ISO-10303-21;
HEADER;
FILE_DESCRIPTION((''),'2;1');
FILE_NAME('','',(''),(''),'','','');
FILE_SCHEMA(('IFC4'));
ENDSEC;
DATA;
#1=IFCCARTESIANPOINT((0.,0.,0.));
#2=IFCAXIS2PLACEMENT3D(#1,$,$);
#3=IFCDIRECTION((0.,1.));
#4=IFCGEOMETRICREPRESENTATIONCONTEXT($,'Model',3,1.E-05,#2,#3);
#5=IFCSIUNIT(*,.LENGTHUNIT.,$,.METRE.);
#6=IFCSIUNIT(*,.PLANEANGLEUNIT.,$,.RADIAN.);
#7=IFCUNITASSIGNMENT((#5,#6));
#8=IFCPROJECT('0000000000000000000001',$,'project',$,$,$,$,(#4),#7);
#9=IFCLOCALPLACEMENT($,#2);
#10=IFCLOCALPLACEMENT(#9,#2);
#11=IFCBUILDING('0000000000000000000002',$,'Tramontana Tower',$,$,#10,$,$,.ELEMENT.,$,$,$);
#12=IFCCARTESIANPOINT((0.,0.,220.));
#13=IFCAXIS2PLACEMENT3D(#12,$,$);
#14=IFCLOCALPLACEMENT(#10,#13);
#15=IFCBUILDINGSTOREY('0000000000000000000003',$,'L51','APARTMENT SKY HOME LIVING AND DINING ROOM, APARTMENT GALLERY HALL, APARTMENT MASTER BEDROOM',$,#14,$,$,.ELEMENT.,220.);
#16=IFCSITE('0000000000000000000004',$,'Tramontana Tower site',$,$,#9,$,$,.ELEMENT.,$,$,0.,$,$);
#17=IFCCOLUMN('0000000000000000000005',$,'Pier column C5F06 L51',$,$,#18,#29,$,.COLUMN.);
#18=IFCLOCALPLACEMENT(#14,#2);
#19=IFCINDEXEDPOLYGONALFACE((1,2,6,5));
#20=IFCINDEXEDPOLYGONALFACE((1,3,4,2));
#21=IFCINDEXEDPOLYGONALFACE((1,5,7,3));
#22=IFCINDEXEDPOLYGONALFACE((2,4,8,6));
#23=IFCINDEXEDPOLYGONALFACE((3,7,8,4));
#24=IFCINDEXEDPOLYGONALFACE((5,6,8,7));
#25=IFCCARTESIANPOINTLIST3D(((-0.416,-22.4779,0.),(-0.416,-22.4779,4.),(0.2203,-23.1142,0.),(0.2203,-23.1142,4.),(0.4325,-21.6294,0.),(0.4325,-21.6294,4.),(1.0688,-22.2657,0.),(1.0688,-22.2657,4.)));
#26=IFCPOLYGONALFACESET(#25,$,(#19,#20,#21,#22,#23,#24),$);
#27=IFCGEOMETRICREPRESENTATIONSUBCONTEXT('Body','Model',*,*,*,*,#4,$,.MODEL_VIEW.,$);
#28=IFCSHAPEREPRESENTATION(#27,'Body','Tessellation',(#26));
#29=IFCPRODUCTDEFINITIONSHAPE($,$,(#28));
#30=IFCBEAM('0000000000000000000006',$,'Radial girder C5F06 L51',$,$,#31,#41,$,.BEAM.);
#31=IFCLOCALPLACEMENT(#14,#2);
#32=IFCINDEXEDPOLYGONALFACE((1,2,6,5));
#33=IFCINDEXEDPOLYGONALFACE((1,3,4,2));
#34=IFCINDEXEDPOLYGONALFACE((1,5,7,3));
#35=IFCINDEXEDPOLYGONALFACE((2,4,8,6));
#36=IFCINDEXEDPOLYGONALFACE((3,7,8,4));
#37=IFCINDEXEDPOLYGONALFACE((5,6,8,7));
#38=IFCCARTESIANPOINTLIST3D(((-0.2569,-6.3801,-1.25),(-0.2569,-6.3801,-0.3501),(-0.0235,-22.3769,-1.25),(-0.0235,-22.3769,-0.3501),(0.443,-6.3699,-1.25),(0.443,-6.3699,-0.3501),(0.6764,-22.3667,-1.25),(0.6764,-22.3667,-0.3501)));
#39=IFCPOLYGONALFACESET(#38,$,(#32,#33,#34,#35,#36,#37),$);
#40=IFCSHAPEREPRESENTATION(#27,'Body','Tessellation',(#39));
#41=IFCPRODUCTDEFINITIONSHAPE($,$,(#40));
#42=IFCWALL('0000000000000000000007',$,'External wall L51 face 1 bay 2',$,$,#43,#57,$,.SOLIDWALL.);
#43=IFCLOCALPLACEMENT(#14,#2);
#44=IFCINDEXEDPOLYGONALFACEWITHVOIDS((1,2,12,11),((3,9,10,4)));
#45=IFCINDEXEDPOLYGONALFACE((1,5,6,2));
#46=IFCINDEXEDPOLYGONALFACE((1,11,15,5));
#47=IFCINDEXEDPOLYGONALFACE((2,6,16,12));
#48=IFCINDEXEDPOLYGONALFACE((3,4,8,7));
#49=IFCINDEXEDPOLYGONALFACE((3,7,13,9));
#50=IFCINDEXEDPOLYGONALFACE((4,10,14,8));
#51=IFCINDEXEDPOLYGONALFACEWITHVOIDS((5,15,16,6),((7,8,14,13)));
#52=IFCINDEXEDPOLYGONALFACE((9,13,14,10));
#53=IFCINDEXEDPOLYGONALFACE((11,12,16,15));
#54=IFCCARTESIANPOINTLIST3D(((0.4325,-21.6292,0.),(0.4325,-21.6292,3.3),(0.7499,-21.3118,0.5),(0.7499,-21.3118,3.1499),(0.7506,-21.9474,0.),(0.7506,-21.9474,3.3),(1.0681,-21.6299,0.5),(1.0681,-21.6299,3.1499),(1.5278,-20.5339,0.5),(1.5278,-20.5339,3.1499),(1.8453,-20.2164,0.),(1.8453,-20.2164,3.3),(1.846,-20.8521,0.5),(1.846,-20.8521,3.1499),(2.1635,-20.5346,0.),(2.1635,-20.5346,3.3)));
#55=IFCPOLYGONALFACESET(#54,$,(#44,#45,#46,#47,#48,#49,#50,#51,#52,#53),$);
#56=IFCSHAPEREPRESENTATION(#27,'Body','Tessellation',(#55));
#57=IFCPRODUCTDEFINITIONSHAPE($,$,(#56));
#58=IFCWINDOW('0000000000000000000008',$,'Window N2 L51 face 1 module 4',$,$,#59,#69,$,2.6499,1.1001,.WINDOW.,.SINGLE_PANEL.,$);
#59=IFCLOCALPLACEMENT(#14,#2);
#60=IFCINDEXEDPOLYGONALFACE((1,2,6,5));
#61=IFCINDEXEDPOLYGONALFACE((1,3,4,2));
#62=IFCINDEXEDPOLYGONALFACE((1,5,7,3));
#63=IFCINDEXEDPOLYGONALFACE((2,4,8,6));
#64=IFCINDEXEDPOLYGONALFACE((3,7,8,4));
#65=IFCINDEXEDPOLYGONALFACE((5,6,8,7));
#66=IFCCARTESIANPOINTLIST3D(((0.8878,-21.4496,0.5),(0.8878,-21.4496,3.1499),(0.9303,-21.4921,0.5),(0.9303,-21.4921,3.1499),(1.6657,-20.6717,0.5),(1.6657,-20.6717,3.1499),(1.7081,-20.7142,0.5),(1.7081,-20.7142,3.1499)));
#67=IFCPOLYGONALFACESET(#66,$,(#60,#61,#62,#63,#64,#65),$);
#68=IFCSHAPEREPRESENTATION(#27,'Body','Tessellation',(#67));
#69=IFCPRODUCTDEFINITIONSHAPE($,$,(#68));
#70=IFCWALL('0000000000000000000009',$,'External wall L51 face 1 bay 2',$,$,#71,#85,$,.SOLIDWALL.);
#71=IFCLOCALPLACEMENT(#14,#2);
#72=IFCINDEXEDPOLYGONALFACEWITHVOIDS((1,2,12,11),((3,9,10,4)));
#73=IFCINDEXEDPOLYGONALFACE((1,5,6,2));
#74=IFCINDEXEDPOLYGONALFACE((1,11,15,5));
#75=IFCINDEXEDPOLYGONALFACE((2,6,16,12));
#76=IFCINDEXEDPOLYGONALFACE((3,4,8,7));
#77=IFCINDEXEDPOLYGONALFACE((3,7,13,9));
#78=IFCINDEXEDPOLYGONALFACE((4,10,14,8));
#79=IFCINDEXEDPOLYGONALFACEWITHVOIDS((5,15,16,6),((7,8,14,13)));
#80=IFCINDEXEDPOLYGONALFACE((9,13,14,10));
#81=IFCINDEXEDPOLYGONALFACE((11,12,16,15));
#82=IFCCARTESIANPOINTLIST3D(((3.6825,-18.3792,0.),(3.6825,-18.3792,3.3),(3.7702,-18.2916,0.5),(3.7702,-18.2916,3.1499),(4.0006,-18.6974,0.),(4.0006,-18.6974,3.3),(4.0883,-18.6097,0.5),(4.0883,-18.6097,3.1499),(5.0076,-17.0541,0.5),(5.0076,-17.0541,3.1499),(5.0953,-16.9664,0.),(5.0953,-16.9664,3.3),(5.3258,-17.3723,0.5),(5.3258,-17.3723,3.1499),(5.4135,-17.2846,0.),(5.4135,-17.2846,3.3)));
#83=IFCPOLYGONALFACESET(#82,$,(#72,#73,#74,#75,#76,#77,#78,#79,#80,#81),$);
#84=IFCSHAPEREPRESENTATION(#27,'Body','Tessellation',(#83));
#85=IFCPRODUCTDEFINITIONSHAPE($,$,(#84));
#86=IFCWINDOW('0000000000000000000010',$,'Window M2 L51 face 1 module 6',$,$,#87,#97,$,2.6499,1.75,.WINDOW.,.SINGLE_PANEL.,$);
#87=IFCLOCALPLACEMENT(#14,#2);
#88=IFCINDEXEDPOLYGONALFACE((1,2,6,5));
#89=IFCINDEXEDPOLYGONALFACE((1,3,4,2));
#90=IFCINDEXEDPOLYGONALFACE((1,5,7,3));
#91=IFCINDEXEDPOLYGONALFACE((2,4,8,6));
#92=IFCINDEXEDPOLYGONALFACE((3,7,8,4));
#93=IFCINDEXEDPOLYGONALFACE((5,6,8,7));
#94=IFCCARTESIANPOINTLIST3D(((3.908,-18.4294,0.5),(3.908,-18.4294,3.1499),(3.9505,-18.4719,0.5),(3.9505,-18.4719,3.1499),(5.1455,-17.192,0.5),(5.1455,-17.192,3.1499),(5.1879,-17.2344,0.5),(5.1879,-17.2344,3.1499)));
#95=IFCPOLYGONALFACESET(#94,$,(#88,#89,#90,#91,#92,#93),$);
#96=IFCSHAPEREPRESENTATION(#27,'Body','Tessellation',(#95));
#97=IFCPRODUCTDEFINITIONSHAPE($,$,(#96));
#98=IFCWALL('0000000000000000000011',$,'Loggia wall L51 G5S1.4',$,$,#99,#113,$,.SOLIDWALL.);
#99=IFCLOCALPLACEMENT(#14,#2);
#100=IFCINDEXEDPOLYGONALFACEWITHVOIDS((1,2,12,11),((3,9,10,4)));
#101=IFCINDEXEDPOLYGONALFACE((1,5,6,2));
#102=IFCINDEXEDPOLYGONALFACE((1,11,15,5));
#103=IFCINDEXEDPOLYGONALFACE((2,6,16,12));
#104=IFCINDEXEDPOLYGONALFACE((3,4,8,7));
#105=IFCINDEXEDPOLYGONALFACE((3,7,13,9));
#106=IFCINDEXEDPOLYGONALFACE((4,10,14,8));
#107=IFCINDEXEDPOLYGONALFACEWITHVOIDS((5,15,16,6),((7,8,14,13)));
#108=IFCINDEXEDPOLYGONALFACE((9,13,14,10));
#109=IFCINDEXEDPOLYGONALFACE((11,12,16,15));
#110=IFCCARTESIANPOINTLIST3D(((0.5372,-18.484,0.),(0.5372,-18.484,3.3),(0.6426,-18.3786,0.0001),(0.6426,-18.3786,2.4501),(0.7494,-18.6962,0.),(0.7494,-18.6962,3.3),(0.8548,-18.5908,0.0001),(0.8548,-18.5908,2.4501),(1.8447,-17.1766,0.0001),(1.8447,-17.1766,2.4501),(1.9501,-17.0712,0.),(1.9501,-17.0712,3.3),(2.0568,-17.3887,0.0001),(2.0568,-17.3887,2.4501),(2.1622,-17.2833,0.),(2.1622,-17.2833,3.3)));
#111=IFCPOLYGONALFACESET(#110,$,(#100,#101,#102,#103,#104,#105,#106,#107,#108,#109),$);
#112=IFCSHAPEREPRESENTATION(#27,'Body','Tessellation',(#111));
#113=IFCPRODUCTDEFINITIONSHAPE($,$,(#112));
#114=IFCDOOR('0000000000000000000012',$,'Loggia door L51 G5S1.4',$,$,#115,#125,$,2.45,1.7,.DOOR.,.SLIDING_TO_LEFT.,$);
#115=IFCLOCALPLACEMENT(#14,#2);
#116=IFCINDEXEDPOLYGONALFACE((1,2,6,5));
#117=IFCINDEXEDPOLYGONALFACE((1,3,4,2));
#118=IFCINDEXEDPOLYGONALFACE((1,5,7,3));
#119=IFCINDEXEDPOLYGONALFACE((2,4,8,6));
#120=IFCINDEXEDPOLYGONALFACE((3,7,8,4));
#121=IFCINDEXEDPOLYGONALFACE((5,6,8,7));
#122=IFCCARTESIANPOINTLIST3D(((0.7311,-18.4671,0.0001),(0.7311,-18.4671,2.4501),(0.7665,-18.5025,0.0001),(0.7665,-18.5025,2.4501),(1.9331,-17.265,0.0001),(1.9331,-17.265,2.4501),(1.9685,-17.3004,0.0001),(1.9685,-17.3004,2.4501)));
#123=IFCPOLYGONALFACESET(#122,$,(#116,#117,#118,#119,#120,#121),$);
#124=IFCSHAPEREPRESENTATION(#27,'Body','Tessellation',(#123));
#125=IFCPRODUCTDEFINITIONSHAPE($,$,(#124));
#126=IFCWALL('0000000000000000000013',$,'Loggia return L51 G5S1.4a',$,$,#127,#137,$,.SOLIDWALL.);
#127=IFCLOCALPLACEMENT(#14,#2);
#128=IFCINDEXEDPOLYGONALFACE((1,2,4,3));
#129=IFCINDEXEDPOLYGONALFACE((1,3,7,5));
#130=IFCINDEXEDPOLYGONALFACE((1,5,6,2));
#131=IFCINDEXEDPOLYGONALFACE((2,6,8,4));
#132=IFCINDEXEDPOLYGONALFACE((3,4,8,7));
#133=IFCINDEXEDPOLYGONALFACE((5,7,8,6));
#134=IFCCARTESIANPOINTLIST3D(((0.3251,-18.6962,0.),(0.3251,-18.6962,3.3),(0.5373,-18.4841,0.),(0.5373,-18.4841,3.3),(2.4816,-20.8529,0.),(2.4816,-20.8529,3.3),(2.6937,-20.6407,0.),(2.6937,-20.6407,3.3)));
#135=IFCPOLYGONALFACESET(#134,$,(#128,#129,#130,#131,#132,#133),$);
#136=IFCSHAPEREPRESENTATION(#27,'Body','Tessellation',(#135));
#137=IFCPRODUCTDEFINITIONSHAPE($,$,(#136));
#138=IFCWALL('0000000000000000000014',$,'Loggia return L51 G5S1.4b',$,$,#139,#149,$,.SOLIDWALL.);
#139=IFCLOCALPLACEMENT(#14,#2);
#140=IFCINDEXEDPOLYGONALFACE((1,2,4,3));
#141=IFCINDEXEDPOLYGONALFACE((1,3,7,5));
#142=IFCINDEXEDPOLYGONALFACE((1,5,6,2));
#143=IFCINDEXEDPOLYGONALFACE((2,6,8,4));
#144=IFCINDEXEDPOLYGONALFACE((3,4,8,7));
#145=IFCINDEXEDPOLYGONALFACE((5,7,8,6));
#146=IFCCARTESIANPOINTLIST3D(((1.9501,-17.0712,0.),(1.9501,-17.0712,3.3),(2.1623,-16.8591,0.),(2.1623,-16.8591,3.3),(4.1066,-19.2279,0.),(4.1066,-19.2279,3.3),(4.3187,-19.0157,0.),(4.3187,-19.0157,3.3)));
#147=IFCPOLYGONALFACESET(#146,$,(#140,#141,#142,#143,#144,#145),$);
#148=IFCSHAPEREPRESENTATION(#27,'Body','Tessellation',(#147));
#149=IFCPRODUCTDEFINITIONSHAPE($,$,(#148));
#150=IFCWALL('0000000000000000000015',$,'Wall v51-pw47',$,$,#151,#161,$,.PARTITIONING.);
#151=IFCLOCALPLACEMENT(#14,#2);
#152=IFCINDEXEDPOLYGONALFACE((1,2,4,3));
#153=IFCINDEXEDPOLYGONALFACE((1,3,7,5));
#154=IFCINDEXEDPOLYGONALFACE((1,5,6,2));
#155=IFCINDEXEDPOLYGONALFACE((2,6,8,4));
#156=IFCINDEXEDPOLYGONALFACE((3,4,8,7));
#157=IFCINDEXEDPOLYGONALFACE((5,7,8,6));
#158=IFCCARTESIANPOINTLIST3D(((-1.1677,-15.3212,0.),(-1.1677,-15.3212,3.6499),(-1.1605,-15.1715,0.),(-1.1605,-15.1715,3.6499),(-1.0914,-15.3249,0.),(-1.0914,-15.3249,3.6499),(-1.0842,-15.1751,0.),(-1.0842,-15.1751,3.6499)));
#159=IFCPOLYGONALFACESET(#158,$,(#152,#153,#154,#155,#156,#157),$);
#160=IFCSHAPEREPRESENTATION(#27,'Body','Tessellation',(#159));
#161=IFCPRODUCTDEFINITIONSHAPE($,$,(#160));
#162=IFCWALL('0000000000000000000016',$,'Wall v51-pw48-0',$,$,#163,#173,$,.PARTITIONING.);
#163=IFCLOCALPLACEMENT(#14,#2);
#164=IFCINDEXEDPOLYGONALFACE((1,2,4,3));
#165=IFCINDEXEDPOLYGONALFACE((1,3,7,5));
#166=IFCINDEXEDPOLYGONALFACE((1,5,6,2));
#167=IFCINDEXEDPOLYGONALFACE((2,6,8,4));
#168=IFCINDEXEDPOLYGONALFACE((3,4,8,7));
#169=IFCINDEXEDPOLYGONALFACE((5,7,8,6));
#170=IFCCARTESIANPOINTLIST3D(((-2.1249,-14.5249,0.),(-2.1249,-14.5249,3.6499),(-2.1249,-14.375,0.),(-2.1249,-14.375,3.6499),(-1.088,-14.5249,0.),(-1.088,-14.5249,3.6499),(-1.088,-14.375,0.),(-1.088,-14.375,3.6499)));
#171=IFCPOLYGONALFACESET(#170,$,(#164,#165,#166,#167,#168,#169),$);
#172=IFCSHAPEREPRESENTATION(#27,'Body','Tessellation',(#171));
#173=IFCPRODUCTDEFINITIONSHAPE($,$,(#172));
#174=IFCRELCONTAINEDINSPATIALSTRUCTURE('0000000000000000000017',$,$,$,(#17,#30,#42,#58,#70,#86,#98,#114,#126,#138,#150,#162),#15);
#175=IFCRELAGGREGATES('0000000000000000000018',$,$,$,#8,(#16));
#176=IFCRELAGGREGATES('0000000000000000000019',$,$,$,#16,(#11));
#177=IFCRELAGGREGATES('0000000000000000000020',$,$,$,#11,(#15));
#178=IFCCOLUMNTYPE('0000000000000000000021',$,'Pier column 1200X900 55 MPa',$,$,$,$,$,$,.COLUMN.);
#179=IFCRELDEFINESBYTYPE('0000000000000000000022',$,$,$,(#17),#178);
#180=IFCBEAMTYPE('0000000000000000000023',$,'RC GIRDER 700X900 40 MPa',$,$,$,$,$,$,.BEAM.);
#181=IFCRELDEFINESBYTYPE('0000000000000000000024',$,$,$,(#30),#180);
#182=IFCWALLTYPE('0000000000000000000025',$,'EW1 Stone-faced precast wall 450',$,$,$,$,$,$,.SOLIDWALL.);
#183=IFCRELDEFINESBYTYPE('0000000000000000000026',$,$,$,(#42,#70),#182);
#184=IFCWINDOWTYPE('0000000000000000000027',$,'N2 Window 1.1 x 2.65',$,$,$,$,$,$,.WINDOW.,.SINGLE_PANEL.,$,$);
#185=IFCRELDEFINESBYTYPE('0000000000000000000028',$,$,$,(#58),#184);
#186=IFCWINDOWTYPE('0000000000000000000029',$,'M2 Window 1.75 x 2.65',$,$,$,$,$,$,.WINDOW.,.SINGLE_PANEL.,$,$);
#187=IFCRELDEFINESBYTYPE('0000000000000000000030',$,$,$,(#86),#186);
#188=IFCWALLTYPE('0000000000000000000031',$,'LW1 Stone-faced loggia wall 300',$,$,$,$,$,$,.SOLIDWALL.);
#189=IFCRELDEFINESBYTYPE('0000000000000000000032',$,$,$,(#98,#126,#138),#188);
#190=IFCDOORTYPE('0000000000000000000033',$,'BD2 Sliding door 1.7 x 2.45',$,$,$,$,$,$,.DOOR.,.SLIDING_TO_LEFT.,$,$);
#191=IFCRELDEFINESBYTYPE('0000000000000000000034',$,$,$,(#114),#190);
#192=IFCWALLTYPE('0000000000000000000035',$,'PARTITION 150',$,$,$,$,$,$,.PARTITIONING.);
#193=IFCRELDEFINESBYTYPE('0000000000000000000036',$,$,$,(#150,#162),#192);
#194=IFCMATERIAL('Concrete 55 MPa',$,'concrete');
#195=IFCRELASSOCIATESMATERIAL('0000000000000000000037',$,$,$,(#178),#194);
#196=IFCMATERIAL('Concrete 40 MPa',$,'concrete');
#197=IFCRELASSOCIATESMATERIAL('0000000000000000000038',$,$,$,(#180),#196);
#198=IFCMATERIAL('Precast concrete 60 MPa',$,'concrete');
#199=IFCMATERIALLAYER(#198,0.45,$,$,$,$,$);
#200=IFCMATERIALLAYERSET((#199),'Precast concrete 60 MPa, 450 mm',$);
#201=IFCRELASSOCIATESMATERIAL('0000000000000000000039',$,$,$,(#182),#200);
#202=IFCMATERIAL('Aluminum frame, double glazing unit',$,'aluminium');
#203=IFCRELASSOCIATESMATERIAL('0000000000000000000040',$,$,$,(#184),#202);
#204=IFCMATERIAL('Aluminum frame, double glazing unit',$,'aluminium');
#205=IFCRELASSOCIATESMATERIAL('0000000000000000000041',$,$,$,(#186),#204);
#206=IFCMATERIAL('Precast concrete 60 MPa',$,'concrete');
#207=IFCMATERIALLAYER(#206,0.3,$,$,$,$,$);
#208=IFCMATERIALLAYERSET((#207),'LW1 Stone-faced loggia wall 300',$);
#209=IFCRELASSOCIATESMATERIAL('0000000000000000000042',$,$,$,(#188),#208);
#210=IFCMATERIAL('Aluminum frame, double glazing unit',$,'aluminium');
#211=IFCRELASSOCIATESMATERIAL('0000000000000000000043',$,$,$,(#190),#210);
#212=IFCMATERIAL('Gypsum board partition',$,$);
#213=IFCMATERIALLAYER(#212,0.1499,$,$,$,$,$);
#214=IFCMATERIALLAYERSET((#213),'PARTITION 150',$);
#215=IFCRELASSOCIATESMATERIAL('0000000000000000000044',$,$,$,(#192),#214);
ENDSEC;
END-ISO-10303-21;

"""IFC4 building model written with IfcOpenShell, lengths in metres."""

from ifc_helpers import new_model, si_unit, direction, frame, frame_2d, origin, origin_2d, place, context, subcontext, project, spatial, rectangle, extrude, material, layer, layer_set, material_profile, profile_set, type_object, element, fill, save


model = new_model("IFC4")

# Units and contexts
model_context = context("Model", 3, precision=1e-05, world=origin(), true_north=direction((0.0, 1.0)))
body_context = subcontext(model_context, "Body", "Model", "MODEL_VIEW")
ifc_project = project(units=[si_unit("LENGTHUNIT", "METRE"), si_unit("PLANEANGLEUNIT", "RADIAN")], contexts=[model_context])

# Site, building, storey
site_placement = place(None, origin())
site = spatial("IfcSite", under=ifc_project, at=site_placement, Name="Tramontana Tower site", CompositionType="ELEMENT", RefElevation=0.0)
building_placement = place(site_placement, origin())
building = spatial("IfcBuilding", under=site, at=building_placement, Name="Tramontana Tower", CompositionType="ELEMENT")
storey_placement = place(building_placement, frame((0.0, 0.0, 220.0)))
storey = spatial("IfcBuildingStorey", under=building, at=storey_placement, Name="L51", Description="APARTMENT SKY HOME LIVING AND DINING ROOM, APARTMENT GALLERY HALL, APARTMENT MASTER BEDROOM", CompositionType="ELEMENT", Elevation=220.0)

# Column
ifc_material_1 = material(Name="Concrete 55 MPa", Category="concrete")
ifc_material_profile_1 = material_profile(ifc_material_1, rectangle(XDim=1.2, YDim=0.8999, at=origin_2d()), Name="Pier column 1200X900 55 MPa")
ifc_profile_set_1 = profile_set([ifc_material_profile_1], Name="Concrete 55 MPa")
column_type = type_object("IfcColumnType", Name="Pier column 1200X900 55 MPa", PredefinedType="COLUMN", material=ifc_profile_set_1)
column_placement = place(storey_placement, frame((0.3264, -22.3718, 0.0), z_axis=(0.0, 0.0, 1.0), x_axis=(0.707107, 0.707107, 0.0)))
element("IfcColumn", 1, at=column_placement, inside=storey, type_object=column_type, Name="Pier column C5F06 L51", PredefinedType="COLUMN", context=body_context, shape_type="SweptSolid", body=[
    extrude(rectangle(XDim=1.2, YDim=0.8999, at=origin_2d()), origin(), (0.0, 0.0, 1.0), 4.0),
])

# Beam
ifc_material_2 = material(Name="Concrete 40 MPa", Category="concrete")
ifc_material_profile_2 = material_profile(ifc_material_2, rectangle(XDim=0.7, YDim=0.8999, at=origin_2d()), Name="RC GIRDER 700X900 40 MPa")
ifc_profile_set_2 = profile_set([ifc_material_profile_2], Name="Concrete 40 MPa")
beam_type = type_object("IfcBeamType", Name="RC GIRDER 700X900 40 MPa", PredefinedType="BEAM", material=ifc_profile_set_2)
beam_placement = place(storey_placement, frame((0.3264, -22.3718, -0.8), z_axis=(-0.014589, 0.999894, 0.0), x_axis=(-0.999894, -0.014589, 0.0)))
element("IfcBeam", 2, at=beam_placement, inside=storey, type_object=beam_type, Name="Radial girder C5F06 L51", PredefinedType="BEAM", context=body_context, shape_type="SweptSolid", body=[
    extrude(rectangle(XDim=0.7, YDim=0.8999, at=origin_2d()), origin(), (0.0, 0.0, 1.0), 15.9985),
])

# Walls, openings, windows
ifc_material_3 = material(Name="Precast concrete 60 MPa", Category="concrete")
ifc_layer_1 = layer(ifc_material_3, 0.45)
ifc_layer_set_1 = layer_set([ifc_layer_1], Name="Precast concrete 60 MPa, 450 mm")
wall_type_1 = type_object("IfcWallType", Name="EW1 Stone-faced precast wall 450", PredefinedType="SOLIDWALL", material=ifc_layer_set_1)
wall_1_placement = place(storey_placement, frame((0.5916, -21.7883, 0.0), z_axis=(0.0, 0.0, 1.0), x_axis=(0.707107, 0.707107, 0.0)))
wall_1 = element("IfcWall", 3, at=wall_1_placement, inside=storey, type_object=wall_type_1, Name="External wall L51 face 1 bay 2", PredefinedType="SOLIDWALL", context=body_context, shape_type="SweptSolid", body=[
    extrude(rectangle(XDim=1.998, YDim=0.45, at=frame_2d((0.999, 0.0))), origin(), (0.0, 0.0, 1.0), 3.3),
])
opening_1_placement = place(wall_1_placement, frame((0.449, 0.0, 0.5)))
opening_1 = element("IfcOpeningElement", 4, at=opening_1_placement, cuts=wall_1, PredefinedType="OPENING", context=body_context, shape_type="SweptSolid", body=[
    extrude(rectangle(XDim=1.1001, YDim=2.6499, at=frame_2d((0.55, 1.325))), frame((0.0, 0.2349, 0.0), z_axis=(0.0, -1.0, 0.0), x_axis=(1.0, 0.0, 0.0)), (0.0, 0.0, 1.0), 0.47),
])
ifc_material_4 = material(Name="Aluminum frame, double glazing unit", Category="aluminium")
window_type_1 = type_object("IfcWindowType", Name="N2 Window 1.1 x 2.65", PartitioningType="SINGLE_PANEL", PredefinedType="WINDOW", material=ifc_material_4)
window_1_placement = place(opening_1_placement, origin())
window_1 = element("IfcWindow", 5, at=window_1_placement, inside=storey, type_object=window_type_1, Name="Window N2 L51 face 1 module 4", OverallHeight=2.6499, OverallWidth=1.1001, PartitioningType="SINGLE_PANEL", PredefinedType="WINDOW", context=body_context, shape_type="SweptSolid", body=[
    extrude(rectangle(XDim=1.1001, YDim=2.6499, at=frame_2d((0.55, 1.325))), frame((0.0, 0.03, 0.0), z_axis=(0.0, -1.0, 0.0), x_axis=(1.0, 0.0, 0.0)), (0.0, 0.0, 1.0), 0.0601),
])
fill(opening_1, window_1)
wall_2_placement = place(storey_placement, frame((3.8416, -18.5383, 0.0), z_axis=(0.0, 0.0, 1.0), x_axis=(0.707107, 0.707107, 0.0)))
wall_2 = element("IfcWall", 6, at=wall_2_placement, inside=storey, type_object=wall_type_1, Name="External wall L51 face 1 bay 2", PredefinedType="SOLIDWALL", context=body_context, shape_type="SweptSolid", body=[
    extrude(rectangle(XDim=1.998, YDim=0.45, at=frame_2d((0.999, 0.0))), origin(), (0.0, 0.0, 1.0), 3.3),
])
opening_2_placement = place(wall_2_placement, frame((0.124, 0.0, 0.5)))
opening_2 = element("IfcOpeningElement", 7, at=opening_2_placement, cuts=wall_2, PredefinedType="OPENING", context=body_context, shape_type="SweptSolid", body=[
    extrude(rectangle(XDim=1.75, YDim=2.6499, at=frame_2d((0.875, 1.325))), frame((0.0, 0.2349, 0.0), z_axis=(0.0, -1.0, 0.0), x_axis=(1.0, 0.0, 0.0)), (0.0, 0.0, 1.0), 0.47),
])
ifc_material_5 = material(Name="Aluminum frame, double glazing unit", Category="aluminium")
window_type_2 = type_object("IfcWindowType", Name="M2 Window 1.75 x 2.65", PartitioningType="SINGLE_PANEL", PredefinedType="WINDOW", material=ifc_material_5)
window_2_placement = place(opening_2_placement, origin())
window_2 = element("IfcWindow", 8, at=window_2_placement, inside=storey, type_object=window_type_2, Name="Window M2 L51 face 1 module 6", OverallHeight=2.6499, OverallWidth=1.75, PartitioningType="SINGLE_PANEL", PredefinedType="WINDOW", context=body_context, shape_type="SweptSolid", body=[
    extrude(rectangle(XDim=1.75, YDim=2.6499, at=frame_2d((0.875, 1.325))), frame((0.0, 0.03, 0.0), z_axis=(0.0, -1.0, 0.0), x_axis=(1.0, 0.0, 0.0)), (0.0, 0.0, 1.0), 0.0601),
])
fill(opening_2, window_2)

# Wall, opening, door
ifc_material_6 = material(Name="Precast concrete 60 MPa", Category="concrete")
ifc_layer_2 = layer(ifc_material_6, 0.3)
ifc_layer_set_2 = layer_set([ifc_layer_2], Name="LW1 Stone-faced loggia wall 300")
wall_type_2 = type_object("IfcWallType", Name="LW1 Stone-faced loggia wall 300", PredefinedType="SOLIDWALL", material=ifc_layer_set_2)
wall_3_placement = place(storey_placement, frame((0.6433, -18.5901, 0.0), z_axis=(0.0, 0.0, 1.0), x_axis=(0.707107, 0.707107, 0.0)))
wall_3 = element("IfcWall", 9, at=wall_3_placement, inside=storey, type_object=wall_type_2, Name="Loggia wall L51 G5S1.4", PredefinedType="SOLIDWALL", context=body_context, shape_type="SweptSolid", body=[
    extrude(rectangle(XDim=1.998, YDim=0.3, at=frame_2d((0.999, 0.0))), origin(), (0.0, 0.0, 1.0), 3.3),
])
opening_3_placement = place(wall_3_placement, frame((0.1489, 0.0, 0.0)))
opening_3 = element("IfcOpeningElement", 10, at=opening_3_placement, cuts=wall_3, PredefinedType="OPENING", context=body_context, shape_type="SweptSolid", body=[
    extrude(rectangle(XDim=1.7, YDim=2.45, at=frame_2d((0.8501, 1.2251))), frame((0.0, 0.1599, 0.0), z_axis=(0.0, -1.0, 0.0), x_axis=(1.0, 0.0, 0.0)), (0.0, 0.0, 1.0), 0.3201),
])
ifc_material_7 = material(Name="Aluminum frame, double glazing unit", Category="aluminium")
door_type_1 = type_object("IfcDoorType", Name="BD2 Sliding door 1.7 x 2.45", OperationType="SLIDING_TO_LEFT", PredefinedType="DOOR", material=ifc_material_7)
door_1_placement = place(opening_3_placement, origin())
door_1 = element("IfcDoor", 11, at=door_1_placement, inside=storey, type_object=door_type_1, Name="Loggia door L51 G5S1.4", OperationType="SLIDING_TO_LEFT", OverallHeight=2.45, OverallWidth=1.7, PredefinedType="DOOR", context=body_context, shape_type="SweptSolid", body=[
    extrude(rectangle(XDim=1.7, YDim=2.45, at=frame_2d((0.8501, 1.2251))), frame((0.0, 0.0249, 0.0), z_axis=(0.0, -1.0, 0.0), x_axis=(1.0, 0.0, 0.0)), (0.0, 0.0, 1.0), 0.05),
])
fill(opening_3, door_1)

# Walls
for number, where, z_axis, x_axis, name in (
    (12, (2.5876, -20.7468, 0.0), (0.0, 0.0, 1.0), (-0.707067, 0.707147, 0.0), "Loggia return L51 G5S1.4a"),
    (13, (4.2126, -19.1218, 0.0), (0.0, 0.0, 1.0), (-0.707067, 0.707147, 0.0), "Loggia return L51 G5S1.4b"),
):
    element("IfcWall", number, at=place(storey_placement, frame(where, z_axis=z_axis, x_axis=x_axis)), inside=storey, type_object=wall_type_2, Name=name, PredefinedType="SOLIDWALL", context=body_context, shape_type="SweptSolid", body=[
        extrude(rectangle(XDim=3.0498, YDim=0.3, at=frame_2d((1.5249, 0.0))), origin(), (0.0, 0.0, 1.0), 3.3),
    ])
ifc_material_8 = material(Name="Gypsum board partition")
ifc_layer_3 = layer(ifc_material_8, 0.1499)
ifc_layer_set_3 = layer_set([ifc_layer_3], Name="PARTITION 150")
wall_type_3 = type_object("IfcWallType", Name="PARTITION 150", PredefinedType="PARTITIONING", material=ifc_layer_set_3)
wall_4_placement = place(storey_placement, frame((-1.0879, -15.25, 0.0), z_axis=(0.0, 0.0, 1.0), x_axis=(-0.998854, 0.047868, 0.0)))
element("IfcWall", 14, at=wall_4_placement, inside=storey, type_object=wall_type_3, Name="Wall v51-pw47", PredefinedType="PARTITIONING", context=body_context, shape_type="SweptSolid", body=[
    extrude(rectangle(XDim=0.0764, YDim=0.1499, at=frame_2d((0.0381, 0.0))), origin(), (0.0, 0.0, 1.0), 3.6499),
])
wall_5_placement = place(storey_placement, frame((-1.0879, -14.45, 0.0), z_axis=(0.0, 0.0, 1.0), x_axis=(-1.0, 0.0, 0.0)))
element("IfcWall", 15, at=wall_5_placement, inside=storey, type_object=wall_type_3, Name="Wall v51-pw48-0", PredefinedType="PARTITIONING", context=body_context, shape_type="SweptSolid", body=[
    extrude(rectangle(XDim=1.0369, YDim=0.1499, at=frame_2d((0.5186, 0.0))), origin(), (0.0, 0.0, 1.0), 3.6499),
])

save(model, "model.ifc")
